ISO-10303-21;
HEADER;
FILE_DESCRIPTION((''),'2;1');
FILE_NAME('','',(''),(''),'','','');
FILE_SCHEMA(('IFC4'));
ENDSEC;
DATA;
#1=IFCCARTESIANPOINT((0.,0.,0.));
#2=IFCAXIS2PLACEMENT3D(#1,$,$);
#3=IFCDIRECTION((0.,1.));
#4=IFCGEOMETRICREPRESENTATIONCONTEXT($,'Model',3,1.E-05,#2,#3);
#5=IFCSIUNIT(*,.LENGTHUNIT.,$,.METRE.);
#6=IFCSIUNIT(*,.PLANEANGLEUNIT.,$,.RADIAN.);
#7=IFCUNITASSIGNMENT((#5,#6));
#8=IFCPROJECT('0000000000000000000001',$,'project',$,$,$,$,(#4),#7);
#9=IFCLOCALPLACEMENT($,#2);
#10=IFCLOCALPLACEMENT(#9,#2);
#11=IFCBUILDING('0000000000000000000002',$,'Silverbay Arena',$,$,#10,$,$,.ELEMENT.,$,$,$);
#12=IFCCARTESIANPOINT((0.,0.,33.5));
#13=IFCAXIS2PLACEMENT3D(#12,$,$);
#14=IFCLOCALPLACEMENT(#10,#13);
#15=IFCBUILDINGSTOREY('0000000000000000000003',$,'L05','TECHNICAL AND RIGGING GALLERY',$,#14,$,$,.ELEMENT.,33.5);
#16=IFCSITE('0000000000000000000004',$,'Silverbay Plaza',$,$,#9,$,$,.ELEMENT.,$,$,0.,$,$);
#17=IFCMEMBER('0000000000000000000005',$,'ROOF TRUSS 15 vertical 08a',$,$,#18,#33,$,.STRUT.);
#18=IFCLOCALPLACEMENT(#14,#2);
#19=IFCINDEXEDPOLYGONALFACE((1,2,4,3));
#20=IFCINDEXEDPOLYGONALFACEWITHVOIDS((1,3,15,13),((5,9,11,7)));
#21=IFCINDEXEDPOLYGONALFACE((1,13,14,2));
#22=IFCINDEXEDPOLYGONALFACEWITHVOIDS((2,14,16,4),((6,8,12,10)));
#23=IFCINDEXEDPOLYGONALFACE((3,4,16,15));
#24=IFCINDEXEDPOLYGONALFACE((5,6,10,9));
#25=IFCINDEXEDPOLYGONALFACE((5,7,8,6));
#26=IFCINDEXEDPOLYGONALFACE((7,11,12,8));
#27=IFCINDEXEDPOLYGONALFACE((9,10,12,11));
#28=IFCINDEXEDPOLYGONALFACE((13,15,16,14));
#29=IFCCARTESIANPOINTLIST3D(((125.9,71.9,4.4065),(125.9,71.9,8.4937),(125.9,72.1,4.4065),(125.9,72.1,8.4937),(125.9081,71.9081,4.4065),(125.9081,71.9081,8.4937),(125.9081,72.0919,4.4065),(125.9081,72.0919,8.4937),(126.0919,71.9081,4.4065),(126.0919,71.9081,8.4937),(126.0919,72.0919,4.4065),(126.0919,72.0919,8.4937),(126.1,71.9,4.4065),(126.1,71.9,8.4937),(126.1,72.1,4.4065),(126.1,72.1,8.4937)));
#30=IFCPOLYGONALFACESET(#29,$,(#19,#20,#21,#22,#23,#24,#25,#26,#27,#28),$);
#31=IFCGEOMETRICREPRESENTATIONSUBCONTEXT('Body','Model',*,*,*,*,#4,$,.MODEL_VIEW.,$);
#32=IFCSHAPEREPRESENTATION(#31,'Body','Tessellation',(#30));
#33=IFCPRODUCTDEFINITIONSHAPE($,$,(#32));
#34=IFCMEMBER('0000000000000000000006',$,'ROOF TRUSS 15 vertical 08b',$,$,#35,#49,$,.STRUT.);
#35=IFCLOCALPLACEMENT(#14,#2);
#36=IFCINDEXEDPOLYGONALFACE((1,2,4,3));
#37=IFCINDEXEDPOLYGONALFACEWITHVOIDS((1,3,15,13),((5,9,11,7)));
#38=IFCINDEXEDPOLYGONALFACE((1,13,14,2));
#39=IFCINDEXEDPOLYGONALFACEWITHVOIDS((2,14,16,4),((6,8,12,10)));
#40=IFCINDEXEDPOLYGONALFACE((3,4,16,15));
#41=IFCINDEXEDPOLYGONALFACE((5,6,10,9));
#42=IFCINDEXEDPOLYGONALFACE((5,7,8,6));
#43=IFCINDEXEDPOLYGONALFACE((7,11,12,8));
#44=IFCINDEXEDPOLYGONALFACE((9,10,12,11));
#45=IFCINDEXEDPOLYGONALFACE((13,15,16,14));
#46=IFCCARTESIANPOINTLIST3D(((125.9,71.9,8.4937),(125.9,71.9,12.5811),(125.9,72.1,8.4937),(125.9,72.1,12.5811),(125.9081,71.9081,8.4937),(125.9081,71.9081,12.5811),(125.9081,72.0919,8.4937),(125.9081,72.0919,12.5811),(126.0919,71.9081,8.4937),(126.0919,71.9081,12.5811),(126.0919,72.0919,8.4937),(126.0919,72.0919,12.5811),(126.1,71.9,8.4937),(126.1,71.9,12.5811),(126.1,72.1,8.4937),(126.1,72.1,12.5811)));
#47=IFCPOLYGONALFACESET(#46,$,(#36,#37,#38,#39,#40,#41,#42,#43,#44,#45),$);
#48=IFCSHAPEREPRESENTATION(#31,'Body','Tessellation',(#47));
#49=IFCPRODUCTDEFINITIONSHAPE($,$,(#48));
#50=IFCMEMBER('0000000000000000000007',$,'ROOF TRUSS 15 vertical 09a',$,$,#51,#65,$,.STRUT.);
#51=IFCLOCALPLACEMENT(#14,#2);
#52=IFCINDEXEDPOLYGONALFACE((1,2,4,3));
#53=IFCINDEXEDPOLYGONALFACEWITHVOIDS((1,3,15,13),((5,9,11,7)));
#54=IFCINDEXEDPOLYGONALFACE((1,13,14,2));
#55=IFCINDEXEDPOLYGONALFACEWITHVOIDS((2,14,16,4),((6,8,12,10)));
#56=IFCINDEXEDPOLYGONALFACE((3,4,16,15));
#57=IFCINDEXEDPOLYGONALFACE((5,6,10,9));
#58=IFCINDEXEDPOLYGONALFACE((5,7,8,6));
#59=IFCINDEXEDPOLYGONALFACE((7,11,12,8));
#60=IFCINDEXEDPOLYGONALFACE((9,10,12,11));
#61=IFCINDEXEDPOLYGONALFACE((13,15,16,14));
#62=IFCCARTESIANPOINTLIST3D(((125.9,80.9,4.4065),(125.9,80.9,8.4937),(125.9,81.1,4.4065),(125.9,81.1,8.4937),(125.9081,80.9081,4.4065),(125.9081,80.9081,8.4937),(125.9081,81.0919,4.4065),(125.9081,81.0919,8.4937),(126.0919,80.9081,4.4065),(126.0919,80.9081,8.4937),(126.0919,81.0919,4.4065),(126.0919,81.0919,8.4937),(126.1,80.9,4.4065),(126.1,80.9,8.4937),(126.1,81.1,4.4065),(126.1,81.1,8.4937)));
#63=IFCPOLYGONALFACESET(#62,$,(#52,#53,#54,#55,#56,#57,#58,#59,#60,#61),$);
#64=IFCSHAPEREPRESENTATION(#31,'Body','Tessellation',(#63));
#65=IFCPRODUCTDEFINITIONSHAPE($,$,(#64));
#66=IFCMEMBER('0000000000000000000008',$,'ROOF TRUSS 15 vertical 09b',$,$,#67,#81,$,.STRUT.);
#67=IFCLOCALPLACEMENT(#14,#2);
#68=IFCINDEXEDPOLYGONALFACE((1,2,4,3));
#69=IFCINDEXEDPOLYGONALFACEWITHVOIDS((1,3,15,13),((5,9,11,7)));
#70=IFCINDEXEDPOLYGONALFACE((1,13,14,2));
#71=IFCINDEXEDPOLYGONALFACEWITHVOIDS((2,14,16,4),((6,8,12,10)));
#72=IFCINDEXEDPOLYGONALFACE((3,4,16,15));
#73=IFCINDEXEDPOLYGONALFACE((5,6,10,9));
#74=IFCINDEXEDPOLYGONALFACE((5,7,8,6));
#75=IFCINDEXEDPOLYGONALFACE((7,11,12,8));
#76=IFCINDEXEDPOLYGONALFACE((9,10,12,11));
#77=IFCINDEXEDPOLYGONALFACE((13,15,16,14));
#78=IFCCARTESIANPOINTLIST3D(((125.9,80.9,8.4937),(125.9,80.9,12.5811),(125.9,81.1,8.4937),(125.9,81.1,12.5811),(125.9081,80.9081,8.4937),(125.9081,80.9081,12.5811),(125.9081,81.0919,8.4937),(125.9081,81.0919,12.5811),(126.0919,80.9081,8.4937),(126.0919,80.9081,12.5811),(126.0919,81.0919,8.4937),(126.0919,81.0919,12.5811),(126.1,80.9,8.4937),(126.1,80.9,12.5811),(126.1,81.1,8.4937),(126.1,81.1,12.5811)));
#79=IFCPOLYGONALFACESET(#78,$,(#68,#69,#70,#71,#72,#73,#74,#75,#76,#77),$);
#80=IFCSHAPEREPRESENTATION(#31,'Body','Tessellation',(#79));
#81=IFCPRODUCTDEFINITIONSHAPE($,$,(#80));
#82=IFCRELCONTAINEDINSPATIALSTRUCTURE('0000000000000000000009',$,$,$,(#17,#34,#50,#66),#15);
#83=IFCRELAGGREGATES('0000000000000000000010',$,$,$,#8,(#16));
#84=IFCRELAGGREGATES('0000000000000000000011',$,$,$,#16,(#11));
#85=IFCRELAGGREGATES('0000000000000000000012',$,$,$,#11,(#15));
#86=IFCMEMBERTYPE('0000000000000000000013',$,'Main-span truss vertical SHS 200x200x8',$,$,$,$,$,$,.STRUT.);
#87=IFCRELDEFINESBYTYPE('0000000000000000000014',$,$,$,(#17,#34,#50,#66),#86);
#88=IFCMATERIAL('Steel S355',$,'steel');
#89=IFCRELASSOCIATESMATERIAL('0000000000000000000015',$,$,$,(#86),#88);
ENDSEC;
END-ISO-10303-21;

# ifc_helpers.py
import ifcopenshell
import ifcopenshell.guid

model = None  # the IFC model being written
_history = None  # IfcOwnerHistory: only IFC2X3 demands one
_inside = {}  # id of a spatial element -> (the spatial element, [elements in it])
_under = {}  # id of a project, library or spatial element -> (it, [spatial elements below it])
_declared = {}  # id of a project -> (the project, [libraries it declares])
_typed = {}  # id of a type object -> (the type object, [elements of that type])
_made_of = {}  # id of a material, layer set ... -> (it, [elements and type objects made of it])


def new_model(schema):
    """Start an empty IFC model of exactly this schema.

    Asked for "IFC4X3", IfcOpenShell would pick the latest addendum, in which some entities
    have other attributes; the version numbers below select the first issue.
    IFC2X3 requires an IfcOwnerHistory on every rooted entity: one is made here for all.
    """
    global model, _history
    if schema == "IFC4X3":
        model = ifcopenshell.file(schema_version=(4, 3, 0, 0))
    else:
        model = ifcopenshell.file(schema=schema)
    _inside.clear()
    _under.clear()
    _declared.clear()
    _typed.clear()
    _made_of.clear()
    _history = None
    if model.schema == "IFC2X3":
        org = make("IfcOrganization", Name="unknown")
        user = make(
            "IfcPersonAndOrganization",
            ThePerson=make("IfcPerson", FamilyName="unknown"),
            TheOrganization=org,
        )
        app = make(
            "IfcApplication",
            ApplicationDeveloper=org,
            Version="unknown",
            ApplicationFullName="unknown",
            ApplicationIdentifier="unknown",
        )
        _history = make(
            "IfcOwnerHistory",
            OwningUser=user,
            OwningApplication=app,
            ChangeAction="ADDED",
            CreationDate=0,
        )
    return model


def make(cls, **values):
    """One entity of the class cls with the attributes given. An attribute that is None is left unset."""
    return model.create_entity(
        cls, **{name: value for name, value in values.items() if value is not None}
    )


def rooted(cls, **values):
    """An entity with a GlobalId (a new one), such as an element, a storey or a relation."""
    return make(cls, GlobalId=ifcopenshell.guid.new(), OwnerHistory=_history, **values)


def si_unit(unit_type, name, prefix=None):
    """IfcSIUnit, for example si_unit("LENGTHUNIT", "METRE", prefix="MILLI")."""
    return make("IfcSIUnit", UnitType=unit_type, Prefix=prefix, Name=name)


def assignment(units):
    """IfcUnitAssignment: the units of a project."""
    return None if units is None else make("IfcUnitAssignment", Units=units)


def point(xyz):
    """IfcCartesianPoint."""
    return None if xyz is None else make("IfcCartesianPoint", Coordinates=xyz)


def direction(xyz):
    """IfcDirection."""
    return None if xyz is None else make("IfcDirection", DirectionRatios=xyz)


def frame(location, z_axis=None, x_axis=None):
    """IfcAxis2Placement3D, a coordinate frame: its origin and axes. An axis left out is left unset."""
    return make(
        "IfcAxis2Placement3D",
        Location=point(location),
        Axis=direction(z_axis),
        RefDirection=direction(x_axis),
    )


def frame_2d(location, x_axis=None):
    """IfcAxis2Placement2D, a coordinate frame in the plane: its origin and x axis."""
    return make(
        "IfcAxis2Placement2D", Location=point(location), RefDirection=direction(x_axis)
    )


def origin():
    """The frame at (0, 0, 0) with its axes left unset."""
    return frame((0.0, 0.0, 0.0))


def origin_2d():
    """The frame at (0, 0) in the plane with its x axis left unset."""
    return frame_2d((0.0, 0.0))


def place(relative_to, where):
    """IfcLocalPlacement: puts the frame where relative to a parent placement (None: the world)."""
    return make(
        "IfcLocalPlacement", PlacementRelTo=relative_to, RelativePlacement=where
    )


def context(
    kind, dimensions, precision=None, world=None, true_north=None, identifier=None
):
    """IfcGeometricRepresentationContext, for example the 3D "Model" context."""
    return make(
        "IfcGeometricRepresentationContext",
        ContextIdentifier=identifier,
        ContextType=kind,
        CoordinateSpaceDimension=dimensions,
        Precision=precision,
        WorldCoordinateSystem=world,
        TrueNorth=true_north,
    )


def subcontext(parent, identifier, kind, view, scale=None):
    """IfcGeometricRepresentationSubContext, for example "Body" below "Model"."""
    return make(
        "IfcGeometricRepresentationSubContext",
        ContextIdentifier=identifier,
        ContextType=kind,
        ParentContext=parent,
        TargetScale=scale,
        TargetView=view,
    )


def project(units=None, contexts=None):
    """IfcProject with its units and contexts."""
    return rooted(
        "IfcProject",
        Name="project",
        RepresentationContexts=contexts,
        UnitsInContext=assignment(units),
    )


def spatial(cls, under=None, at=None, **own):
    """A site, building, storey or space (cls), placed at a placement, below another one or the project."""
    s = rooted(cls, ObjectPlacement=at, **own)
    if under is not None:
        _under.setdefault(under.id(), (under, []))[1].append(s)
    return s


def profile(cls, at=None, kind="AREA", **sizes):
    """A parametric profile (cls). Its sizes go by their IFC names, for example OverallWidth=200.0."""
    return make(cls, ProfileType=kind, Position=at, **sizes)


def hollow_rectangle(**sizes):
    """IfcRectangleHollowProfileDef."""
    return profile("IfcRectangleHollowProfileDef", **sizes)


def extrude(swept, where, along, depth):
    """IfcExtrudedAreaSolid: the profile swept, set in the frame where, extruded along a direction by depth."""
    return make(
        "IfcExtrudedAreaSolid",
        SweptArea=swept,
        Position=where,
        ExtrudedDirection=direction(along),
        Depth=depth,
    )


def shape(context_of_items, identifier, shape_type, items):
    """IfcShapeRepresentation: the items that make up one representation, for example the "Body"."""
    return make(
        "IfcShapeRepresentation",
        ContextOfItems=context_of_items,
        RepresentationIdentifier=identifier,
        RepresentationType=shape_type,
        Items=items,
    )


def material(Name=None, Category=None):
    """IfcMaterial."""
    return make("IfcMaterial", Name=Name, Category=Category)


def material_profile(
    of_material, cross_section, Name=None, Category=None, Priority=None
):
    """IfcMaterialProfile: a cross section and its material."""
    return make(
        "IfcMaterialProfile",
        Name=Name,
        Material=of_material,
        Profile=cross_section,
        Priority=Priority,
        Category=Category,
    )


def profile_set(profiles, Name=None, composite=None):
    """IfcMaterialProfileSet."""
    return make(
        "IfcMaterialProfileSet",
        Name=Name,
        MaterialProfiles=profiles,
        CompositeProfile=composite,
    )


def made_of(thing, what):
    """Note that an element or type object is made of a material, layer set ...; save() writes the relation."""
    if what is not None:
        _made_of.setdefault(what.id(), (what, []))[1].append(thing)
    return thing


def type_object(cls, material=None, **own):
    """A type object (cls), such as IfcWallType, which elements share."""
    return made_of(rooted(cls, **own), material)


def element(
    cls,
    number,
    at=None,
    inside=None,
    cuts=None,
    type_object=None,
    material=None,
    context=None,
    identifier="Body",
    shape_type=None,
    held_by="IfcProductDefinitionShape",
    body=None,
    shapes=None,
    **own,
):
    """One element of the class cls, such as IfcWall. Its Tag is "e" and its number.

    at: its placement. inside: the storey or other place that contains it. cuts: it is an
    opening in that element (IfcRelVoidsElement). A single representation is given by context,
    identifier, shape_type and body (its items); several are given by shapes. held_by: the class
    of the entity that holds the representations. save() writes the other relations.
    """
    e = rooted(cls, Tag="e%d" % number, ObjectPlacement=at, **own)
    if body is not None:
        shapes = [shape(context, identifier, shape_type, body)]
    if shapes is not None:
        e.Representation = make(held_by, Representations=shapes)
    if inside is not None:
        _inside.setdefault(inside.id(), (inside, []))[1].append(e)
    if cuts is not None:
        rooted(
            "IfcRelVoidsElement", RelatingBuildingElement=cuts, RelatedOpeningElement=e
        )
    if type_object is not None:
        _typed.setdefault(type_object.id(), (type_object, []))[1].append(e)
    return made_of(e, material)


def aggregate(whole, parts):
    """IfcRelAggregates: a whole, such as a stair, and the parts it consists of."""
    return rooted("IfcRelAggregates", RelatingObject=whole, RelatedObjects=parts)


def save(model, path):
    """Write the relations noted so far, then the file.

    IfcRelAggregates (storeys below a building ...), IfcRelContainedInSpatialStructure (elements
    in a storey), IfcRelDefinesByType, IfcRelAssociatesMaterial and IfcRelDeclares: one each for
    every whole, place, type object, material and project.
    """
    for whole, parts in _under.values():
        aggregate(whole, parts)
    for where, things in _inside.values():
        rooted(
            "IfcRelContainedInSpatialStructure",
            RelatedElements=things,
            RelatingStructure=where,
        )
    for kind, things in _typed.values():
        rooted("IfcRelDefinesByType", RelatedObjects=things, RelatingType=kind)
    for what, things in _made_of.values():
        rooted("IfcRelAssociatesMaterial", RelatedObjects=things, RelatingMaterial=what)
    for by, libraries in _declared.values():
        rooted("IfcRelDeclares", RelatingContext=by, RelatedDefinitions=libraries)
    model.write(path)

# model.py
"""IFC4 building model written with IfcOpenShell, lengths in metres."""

from ifc_helpers import new_model, si_unit, direction, frame, origin, origin_2d, place, context, subcontext, project, spatial, hollow_rectangle, extrude, material, material_profile, profile_set, type_object, element, save


model = new_model("IFC4")

# Units and contexts
model_context = context("Model", 3, precision=1e-05, world=origin(), true_north=direction((0.0, 1.0)))
body_context = subcontext(model_context, "Body", "Model", "MODEL_VIEW")
ifc_project = project(units=[si_unit("LENGTHUNIT", "METRE"), si_unit("PLANEANGLEUNIT", "RADIAN")], contexts=[model_context])

# Site, building, storey
site_placement = place(None, origin())
site = spatial("IfcSite", under=ifc_project, at=site_placement, Name="Silverbay Plaza", CompositionType="ELEMENT", RefElevation=0.0)
building_placement = place(site_placement, origin())
building = spatial("IfcBuilding", under=site, at=building_placement, Name="Silverbay Arena", CompositionType="ELEMENT")
storey_placement = place(building_placement, frame((0.0, 0.0, 33.5)))
storey = spatial("IfcBuildingStorey", under=building, at=storey_placement, Name="L05", Description="TECHNICAL AND RIGGING GALLERY", CompositionType="ELEMENT", Elevation=33.5)

# Members
ifc_material_1 = material(Name="Steel S355", Category="steel")
ifc_material_profile_1 = material_profile(ifc_material_1, hollow_rectangle(XDim=0.2, YDim=0.2, WallThickness=0.0081, at=origin_2d()), Name="SHS 200x200x8")
ifc_profile_set_1 = profile_set([ifc_material_profile_1], Name="Steel S355")
member_type_1 = type_object("IfcMemberType", Name="Main-span truss vertical SHS 200x200x8", PredefinedType="STRUT", material=ifc_profile_set_1)
member_1_placement = place(storey_placement, frame((126.0, 72.0, 4.4065), z_axis=(0.0, 0.0, 1.0), x_axis=(1.0, 0.0, 0.0)))
element("IfcMember", 1, at=member_1_placement, inside=storey, type_object=member_type_1, Name="ROOF TRUSS 15 vertical 08a", PredefinedType="STRUT", context=body_context, shape_type="SweptSolid", body=[
    extrude(hollow_rectangle(XDim=0.2, YDim=0.2, WallThickness=0.0081, at=origin_2d()), origin(), (0.0, 0.0, 1.0), 4.0872),
])
member_2_placement = place(storey_placement, frame((126.0, 72.0, 8.4937), z_axis=(0.0, 0.0, 1.0), x_axis=(1.0, 0.0, 0.0)))
element("IfcMember", 2, at=member_2_placement, inside=storey, type_object=member_type_1, Name="ROOF TRUSS 15 vertical 08b", PredefinedType="STRUT", context=body_context, shape_type="SweptSolid", body=[
    extrude(hollow_rectangle(XDim=0.2, YDim=0.2, WallThickness=0.0081, at=origin_2d()), origin(), (0.0, 0.0, 1.0), 4.0874),
])
member_3_placement = place(storey_placement, frame((126.0, 81.0, 4.4065), z_axis=(0.0, 0.0, 1.0), x_axis=(1.0, 0.0, 0.0)))
element("IfcMember", 3, at=member_3_placement, inside=storey, type_object=member_type_1, Name="ROOF TRUSS 15 vertical 09a", PredefinedType="STRUT", context=body_context, shape_type="SweptSolid", body=[
    extrude(hollow_rectangle(XDim=0.2, YDim=0.2, WallThickness=0.0081, at=origin_2d()), origin(), (0.0, 0.0, 1.0), 4.0872),
])
member_4_placement = place(storey_placement, frame((126.0, 81.0, 8.4937), z_axis=(0.0, 0.0, 1.0), x_axis=(1.0, 0.0, 0.0)))
element("IfcMember", 4, at=member_4_placement, inside=storey, type_object=member_type_1, Name="ROOF TRUSS 15 vertical 09b", PredefinedType="STRUT", context=body_context, shape_type="SweptSolid", body=[
    extrude(hollow_rectangle(XDim=0.2, YDim=0.2, WallThickness=0.0081, at=origin_2d()), origin(), (0.0, 0.0, 1.0), 4.0874),
])

save(model, "model.ifc")
